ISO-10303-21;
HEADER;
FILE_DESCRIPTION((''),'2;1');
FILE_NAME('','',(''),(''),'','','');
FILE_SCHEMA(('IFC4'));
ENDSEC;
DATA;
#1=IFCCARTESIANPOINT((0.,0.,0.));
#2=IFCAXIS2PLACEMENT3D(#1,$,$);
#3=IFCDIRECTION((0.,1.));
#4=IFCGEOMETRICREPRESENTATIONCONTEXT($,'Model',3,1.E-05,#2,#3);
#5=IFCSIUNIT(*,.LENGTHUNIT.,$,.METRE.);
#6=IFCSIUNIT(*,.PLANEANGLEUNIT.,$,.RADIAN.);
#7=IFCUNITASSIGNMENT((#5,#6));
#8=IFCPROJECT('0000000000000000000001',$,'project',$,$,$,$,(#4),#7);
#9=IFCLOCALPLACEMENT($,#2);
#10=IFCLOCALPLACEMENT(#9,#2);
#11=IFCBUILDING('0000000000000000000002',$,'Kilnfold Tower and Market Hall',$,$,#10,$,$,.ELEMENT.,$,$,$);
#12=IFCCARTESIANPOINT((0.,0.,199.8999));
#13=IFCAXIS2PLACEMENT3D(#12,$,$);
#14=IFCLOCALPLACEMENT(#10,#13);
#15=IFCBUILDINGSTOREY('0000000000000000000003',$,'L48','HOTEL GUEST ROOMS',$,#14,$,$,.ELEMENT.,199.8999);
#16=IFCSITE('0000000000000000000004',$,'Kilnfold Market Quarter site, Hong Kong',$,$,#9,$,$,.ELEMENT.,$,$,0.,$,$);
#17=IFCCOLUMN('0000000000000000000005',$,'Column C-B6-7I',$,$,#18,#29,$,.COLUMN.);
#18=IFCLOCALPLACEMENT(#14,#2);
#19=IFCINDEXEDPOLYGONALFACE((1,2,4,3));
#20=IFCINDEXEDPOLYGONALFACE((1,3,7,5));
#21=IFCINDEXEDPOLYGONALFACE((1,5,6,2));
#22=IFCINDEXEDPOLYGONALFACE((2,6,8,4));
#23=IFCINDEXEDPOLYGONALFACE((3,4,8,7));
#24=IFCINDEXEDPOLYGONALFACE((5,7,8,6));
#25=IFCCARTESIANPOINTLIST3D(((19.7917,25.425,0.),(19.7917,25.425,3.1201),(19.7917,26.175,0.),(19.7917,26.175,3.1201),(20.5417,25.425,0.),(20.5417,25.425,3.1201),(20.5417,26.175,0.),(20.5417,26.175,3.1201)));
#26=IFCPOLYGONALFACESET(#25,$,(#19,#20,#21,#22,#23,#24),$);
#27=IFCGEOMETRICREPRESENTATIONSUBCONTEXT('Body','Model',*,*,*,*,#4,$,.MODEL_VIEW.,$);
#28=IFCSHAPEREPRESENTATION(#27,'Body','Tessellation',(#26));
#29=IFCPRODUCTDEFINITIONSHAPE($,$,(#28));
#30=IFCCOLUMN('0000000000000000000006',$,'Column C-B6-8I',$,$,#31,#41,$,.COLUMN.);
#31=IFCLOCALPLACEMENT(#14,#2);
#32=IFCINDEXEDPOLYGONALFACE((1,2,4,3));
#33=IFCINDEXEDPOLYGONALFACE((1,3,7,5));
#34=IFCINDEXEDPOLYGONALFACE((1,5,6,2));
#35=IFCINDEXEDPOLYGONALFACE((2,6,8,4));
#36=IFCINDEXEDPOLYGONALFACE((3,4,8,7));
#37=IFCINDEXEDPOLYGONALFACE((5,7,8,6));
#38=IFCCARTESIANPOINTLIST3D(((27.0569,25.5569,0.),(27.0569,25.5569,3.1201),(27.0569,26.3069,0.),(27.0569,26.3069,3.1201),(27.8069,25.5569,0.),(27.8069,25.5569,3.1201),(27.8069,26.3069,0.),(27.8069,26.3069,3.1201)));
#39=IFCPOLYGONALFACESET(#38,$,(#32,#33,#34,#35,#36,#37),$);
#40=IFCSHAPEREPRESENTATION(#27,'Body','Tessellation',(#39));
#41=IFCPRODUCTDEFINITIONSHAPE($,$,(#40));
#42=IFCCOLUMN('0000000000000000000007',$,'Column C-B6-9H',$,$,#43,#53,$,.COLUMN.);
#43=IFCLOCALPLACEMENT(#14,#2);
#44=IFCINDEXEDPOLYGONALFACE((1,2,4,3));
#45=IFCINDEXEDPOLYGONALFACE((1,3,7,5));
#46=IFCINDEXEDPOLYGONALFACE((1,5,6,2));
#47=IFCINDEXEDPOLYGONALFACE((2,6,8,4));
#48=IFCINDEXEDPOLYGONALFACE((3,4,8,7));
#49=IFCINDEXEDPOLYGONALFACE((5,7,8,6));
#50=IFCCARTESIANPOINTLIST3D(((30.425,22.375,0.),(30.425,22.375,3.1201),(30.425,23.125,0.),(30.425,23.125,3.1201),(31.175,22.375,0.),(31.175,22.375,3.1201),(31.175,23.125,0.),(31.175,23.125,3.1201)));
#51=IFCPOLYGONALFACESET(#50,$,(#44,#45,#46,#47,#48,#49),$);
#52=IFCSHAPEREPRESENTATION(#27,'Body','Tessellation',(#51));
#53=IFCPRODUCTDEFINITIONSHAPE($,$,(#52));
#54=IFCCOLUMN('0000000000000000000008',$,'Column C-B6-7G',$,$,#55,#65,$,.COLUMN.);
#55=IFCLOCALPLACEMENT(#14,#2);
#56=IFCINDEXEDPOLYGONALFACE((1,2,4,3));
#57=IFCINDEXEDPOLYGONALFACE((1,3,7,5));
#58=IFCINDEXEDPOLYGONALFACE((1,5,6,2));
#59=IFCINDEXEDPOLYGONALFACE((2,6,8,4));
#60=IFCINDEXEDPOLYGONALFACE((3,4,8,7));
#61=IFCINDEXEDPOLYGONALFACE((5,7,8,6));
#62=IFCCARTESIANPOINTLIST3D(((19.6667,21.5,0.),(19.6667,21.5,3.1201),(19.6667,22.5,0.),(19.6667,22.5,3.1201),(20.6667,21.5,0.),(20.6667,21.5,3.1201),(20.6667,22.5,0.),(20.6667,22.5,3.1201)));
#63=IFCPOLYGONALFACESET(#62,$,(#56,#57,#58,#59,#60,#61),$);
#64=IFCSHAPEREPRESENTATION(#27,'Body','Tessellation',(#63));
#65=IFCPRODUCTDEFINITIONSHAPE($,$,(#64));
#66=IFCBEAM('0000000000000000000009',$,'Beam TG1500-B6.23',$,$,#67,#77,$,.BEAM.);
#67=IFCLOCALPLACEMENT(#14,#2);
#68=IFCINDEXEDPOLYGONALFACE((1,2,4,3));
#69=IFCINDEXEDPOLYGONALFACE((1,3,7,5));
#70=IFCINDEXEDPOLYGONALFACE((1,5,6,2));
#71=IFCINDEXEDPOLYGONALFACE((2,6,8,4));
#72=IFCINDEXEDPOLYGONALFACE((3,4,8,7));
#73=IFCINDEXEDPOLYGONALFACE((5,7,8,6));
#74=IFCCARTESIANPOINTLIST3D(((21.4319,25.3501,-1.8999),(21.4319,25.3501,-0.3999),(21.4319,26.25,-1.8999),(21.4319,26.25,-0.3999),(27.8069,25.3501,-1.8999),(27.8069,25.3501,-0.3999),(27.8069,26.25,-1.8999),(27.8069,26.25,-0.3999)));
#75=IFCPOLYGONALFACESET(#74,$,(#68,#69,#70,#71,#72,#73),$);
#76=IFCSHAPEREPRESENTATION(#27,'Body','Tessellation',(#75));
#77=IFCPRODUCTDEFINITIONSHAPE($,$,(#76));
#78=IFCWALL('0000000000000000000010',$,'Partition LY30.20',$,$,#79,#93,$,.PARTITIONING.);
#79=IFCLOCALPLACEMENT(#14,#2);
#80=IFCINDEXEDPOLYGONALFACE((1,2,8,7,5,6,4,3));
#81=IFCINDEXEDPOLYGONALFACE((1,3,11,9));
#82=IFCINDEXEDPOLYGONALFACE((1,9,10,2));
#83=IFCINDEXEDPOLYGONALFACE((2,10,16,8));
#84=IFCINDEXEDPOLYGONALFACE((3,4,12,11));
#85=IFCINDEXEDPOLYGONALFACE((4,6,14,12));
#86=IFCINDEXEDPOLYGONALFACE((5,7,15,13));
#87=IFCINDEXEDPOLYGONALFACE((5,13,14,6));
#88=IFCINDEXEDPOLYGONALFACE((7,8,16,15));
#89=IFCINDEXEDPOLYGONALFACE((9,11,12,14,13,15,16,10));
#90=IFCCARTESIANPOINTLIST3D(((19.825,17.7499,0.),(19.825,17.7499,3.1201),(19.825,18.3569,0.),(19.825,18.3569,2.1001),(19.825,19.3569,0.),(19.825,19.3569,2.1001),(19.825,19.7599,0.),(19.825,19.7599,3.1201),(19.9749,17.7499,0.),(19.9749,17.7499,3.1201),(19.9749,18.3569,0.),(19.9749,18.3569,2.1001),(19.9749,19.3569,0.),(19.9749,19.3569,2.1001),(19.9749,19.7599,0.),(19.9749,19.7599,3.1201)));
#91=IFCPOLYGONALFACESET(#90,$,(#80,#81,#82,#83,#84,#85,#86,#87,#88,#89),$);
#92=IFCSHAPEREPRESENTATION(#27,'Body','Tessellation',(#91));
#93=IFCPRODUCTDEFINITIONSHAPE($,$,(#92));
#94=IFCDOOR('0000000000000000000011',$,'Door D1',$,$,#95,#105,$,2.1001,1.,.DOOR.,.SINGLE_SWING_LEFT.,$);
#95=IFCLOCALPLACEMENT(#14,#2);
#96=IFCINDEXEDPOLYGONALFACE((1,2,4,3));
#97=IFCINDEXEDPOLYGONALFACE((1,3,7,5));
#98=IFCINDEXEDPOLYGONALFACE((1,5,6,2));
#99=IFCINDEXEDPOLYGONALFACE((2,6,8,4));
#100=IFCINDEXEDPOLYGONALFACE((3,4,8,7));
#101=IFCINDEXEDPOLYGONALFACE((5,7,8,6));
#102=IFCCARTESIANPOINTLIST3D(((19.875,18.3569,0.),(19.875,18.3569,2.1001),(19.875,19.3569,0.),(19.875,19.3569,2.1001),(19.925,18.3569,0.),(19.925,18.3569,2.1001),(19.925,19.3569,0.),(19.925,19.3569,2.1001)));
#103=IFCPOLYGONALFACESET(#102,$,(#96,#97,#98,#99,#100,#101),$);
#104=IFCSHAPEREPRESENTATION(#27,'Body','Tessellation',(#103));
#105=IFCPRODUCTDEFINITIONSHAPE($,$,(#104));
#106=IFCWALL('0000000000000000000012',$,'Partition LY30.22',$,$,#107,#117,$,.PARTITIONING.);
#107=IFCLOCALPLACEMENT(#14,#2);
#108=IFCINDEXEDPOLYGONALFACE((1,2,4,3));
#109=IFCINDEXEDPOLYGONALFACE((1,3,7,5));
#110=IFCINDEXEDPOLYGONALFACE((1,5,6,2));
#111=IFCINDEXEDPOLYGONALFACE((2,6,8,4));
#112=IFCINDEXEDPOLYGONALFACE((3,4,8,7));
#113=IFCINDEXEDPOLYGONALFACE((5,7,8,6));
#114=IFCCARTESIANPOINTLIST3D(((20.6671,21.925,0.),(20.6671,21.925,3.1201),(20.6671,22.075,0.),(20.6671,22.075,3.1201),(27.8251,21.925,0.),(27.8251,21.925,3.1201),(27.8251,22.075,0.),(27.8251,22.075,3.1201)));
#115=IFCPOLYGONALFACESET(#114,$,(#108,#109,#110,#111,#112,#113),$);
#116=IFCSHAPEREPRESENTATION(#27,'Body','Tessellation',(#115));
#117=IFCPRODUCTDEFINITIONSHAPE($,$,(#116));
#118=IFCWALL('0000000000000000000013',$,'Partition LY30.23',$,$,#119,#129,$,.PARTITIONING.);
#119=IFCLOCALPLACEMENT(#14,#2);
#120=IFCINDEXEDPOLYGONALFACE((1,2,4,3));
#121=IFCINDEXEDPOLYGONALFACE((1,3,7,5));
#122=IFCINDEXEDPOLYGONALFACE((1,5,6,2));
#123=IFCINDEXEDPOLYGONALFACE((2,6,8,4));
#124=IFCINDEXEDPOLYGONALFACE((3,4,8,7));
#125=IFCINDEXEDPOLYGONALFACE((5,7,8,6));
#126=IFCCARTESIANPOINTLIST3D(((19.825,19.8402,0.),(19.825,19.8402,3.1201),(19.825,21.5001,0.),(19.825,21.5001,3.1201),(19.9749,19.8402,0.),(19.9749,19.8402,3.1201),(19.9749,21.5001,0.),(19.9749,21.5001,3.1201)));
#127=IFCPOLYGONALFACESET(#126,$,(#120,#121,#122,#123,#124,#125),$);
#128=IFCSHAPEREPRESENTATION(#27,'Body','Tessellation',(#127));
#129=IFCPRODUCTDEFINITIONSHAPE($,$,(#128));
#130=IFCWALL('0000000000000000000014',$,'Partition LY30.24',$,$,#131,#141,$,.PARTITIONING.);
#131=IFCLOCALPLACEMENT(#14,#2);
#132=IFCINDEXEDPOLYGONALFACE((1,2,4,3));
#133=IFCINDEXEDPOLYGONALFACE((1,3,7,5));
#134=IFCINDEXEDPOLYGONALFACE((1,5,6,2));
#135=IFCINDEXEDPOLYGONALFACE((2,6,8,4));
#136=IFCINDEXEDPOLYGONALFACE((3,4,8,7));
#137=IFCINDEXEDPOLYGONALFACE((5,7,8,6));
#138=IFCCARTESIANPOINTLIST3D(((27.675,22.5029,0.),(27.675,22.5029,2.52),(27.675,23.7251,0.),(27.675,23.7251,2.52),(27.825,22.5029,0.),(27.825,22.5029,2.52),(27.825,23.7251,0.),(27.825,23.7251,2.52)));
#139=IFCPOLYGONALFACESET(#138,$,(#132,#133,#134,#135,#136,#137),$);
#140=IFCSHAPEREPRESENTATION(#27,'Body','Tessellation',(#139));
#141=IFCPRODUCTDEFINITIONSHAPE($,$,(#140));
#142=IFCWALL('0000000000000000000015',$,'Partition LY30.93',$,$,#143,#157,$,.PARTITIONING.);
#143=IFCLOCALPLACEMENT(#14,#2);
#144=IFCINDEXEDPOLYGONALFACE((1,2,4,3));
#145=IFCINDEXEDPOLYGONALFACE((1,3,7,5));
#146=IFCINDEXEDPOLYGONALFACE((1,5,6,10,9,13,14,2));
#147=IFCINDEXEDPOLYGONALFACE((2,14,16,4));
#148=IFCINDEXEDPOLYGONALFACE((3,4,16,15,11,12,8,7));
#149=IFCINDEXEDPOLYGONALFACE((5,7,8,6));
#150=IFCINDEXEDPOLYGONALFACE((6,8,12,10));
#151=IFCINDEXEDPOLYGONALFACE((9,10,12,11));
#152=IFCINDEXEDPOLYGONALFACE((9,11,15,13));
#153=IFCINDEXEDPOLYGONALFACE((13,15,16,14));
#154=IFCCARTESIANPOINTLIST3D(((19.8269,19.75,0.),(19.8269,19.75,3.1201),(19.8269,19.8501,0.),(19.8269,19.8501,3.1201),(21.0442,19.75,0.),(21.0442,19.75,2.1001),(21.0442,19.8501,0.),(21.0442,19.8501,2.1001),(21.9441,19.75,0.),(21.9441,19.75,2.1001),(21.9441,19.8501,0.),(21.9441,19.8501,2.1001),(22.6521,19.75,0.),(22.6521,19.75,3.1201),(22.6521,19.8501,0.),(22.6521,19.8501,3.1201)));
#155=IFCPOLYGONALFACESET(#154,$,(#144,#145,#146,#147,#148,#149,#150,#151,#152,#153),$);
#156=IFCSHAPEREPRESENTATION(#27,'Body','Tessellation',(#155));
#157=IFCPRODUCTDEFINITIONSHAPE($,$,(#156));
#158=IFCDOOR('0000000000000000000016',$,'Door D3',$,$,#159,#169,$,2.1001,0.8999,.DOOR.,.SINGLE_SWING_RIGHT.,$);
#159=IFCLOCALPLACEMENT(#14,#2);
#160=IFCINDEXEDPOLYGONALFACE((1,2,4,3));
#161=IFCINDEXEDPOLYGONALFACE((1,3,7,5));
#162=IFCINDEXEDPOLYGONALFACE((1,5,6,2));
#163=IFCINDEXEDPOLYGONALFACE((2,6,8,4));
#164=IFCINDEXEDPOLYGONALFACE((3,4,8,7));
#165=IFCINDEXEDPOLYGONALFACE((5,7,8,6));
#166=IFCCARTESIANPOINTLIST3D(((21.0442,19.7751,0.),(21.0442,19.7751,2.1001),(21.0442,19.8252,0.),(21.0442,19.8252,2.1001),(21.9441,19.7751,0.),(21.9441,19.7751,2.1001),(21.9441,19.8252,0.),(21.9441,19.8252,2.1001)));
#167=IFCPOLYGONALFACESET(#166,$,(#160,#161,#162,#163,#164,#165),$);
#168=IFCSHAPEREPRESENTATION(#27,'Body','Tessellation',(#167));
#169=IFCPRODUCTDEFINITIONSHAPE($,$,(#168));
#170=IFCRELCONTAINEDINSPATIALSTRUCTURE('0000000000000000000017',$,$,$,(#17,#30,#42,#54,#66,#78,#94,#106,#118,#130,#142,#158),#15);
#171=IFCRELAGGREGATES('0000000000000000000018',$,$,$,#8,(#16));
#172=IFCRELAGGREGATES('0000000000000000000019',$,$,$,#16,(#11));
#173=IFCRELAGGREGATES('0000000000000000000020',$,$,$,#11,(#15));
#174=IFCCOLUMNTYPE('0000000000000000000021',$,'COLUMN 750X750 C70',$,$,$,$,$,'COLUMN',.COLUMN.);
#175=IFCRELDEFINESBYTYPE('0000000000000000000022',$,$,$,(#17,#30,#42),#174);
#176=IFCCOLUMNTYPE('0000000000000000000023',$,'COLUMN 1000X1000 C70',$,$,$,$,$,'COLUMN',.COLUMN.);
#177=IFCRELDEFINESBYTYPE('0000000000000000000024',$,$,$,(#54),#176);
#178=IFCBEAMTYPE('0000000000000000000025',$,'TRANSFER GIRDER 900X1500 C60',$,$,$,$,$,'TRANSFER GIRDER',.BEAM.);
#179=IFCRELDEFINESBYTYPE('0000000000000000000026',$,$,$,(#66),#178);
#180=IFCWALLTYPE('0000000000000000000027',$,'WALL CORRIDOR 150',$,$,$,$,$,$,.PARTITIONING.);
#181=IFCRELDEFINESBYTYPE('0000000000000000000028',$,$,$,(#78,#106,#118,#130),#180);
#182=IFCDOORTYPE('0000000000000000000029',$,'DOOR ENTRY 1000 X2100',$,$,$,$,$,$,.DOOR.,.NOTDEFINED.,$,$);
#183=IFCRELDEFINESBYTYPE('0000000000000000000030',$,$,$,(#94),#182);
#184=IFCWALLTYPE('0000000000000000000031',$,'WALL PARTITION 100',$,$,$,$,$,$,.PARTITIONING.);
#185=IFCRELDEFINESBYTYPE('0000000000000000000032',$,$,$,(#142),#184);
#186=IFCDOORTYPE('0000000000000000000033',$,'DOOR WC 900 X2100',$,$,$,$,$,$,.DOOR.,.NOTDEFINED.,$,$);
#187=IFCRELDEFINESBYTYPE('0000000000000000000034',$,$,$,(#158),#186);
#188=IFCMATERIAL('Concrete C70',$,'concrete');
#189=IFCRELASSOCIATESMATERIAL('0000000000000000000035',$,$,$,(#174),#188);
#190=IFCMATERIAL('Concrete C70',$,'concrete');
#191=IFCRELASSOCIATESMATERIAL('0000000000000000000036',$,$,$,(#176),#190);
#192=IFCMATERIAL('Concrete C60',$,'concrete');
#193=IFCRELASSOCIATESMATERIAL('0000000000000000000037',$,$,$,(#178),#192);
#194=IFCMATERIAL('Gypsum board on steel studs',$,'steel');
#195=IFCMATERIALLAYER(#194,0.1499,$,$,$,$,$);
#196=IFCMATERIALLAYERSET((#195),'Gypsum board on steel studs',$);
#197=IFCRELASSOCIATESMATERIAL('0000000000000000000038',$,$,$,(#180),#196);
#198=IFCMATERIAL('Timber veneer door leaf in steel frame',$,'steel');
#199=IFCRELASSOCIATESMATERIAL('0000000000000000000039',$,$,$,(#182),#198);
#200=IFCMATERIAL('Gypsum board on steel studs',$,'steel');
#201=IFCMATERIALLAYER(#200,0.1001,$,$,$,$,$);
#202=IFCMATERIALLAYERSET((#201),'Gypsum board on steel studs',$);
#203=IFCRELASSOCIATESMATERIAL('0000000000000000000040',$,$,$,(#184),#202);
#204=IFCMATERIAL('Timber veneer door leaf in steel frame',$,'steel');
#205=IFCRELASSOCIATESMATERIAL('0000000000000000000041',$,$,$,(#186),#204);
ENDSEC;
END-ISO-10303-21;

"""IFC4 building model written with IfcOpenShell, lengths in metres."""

from ifc_helpers import new_model, si_unit, direction, frame, frame_2d, origin, origin_2d, place, context, subcontext, project, spatial, rectangle, extrude, source, transform, mapped, material, layer, layer_set, material_profile, profile_set, type_object, element, fill, save


model = new_model("IFC4")

# Units and contexts
model_context = context("Model", 3, precision=1e-05, world=origin(), true_north=direction((0.0, 1.0)))
body_context = subcontext(model_context, "Body", "Model", "MODEL_VIEW")
ifc_project = project(units=[si_unit("LENGTHUNIT", "METRE"), si_unit("PLANEANGLEUNIT", "RADIAN")], contexts=[model_context])

# Site, building, storey
site_placement = place(None, origin())
site = spatial("IfcSite", under=ifc_project, at=site_placement, Name="Kilnfold Market Quarter site, Hong Kong", CompositionType="ELEMENT", RefElevation=0.0)
building_placement = place(site_placement, origin())
building = spatial("IfcBuilding", under=site, at=building_placement, Name="Kilnfold Tower and Market Hall", CompositionType="ELEMENT")
storey_placement = place(building_placement, frame((0.0, 0.0, 199.8999)))
storey = spatial("IfcBuildingStorey", under=building, at=storey_placement, Name="L48", Description="HOTEL GUEST ROOMS", CompositionType="ELEMENT", Elevation=199.8999)

# Columns
ifc_material_1 = material(Name="Concrete C70", Category="concrete")
ifc_material_profile_1 = material_profile(ifc_material_1, rectangle(XDim=0.75, YDim=0.75, at=origin_2d()), Name="RC 750x750")
ifc_profile_set_1 = profile_set([ifc_material_profile_1], Name="Concrete C70")
column_type_1 = type_object("IfcColumnType", Name="COLUMN 750X750 C70", ElementType="COLUMN", PredefinedType="COLUMN", material=ifc_profile_set_1)
shared_shape_1 = source(origin(), body_context, "Body", "SweptSolid", [
    extrude(rectangle(XDim=0.75, YDim=0.75, at=origin_2d()), origin(), (0.0, 0.0, 1.0), 3.1201),
])
for number, where, z_axis, x_axis, name in (
    (1, (20.1667, 25.8, 0.0), (0.0, 0.0, 1.0), (1.0, 0.0, 0.0), "Column C-B6-7I"),
    (2, (27.4319, 25.9319, 0.0), (0.0, 0.0, 1.0), (1.0, 0.0, 0.0), "Column C-B6-8I"),
    (3, (30.8, 22.75, 0.0), (0.0, 0.0, 1.0), (1.0, 0.0, 0.0), "Column C-B6-9H"),
):
    element("IfcColumn", number, at=place(storey_placement, frame(where, z_axis=z_axis, x_axis=x_axis)), inside=storey, type_object=column_type_1, Name=name, PredefinedType="COLUMN", context=body_context, shape_type="MappedRepresentation", body=[
        mapped(shared_shape_1, transform((0.0, 0.0, 0.0))),
    ])
ifc_material_2 = material(Name="Concrete C70", Category="concrete")
ifc_material_profile_2 = material_profile(ifc_material_2, rectangle(XDim=1.0, YDim=1.0, at=origin_2d()), Name="RC 1000x1000")
ifc_profile_set_2 = profile_set([ifc_material_profile_2], Name="Concrete C70")
column_type_2 = type_object("IfcColumnType", Name="COLUMN 1000X1000 C70", ElementType="COLUMN", PredefinedType="COLUMN", material=ifc_profile_set_2)
shared_shape_2 = source(origin(), body_context, "Body", "SweptSolid", [
    extrude(rectangle(XDim=1.0, YDim=1.0, at=origin_2d()), origin(), (0.0, 0.0, 1.0), 3.1201),
])
column_placement = place(storey_placement, frame((20.1667, 22.0, 0.0), z_axis=(0.0, 0.0, 1.0), x_axis=(1.0, 0.0, 0.0)))
element("IfcColumn", 4, at=column_placement, inside=storey, type_object=column_type_2, Name="Column C-B6-7G", PredefinedType="COLUMN", context=body_context, shape_type="MappedRepresentation", body=[
    mapped(shared_shape_2, transform((0.0, 0.0, 0.0))),
])

# Beam
ifc_material_3 = material(Name="Concrete C60", Category="concrete")
ifc_material_profile_3 = material_profile(ifc_material_3, rectangle(XDim=0.8999, YDim=1.5, at=origin_2d()), Name="RC 900x1500")
ifc_profile_set_3 = profile_set([ifc_material_profile_3], Name="Concrete C60")
beam_type = type_object("IfcBeamType", Name="TRANSFER GIRDER 900X1500 C60", ElementType="TRANSFER GIRDER", PredefinedType="BEAM", material=ifc_profile_set_3)
shared_shape_3 = source(origin(), body_context, "Body", "SweptSolid", [
    extrude(rectangle(XDim=0.8999, YDim=1.5, at=origin_2d()), origin(), (0.0, 0.0, 1.0), 6.375),
])
beam_placement = place(storey_placement, frame((21.4319, 25.8, -1.1499), z_axis=(1.0, 0.0, 0.0), x_axis=(0.0, 1.0, 0.0)))
element("IfcBeam", 5, at=beam_placement, inside=storey, type_object=beam_type, Name="Beam TG1500-B6.23", PredefinedType="BEAM", context=body_context, shape_type="MappedRepresentation", body=[
    mapped(shared_shape_3, transform((0.0, 0.0, 0.0))),
])

# Wall, opening, door
ifc_material_4 = material(Name="Gypsum board on steel studs", Category="steel")
ifc_layer_1 = layer(ifc_material_4, 0.1499)
ifc_layer_set_1 = layer_set([ifc_layer_1], Name="Gypsum board on steel studs")
wall_type_1 = type_object("IfcWallType", Name="WALL CORRIDOR 150", PredefinedType="PARTITIONING", material=ifc_layer_set_1)
wall_1_placement = place(storey_placement, frame((19.8999, 17.75, 0.0), z_axis=(0.0, 0.0, 1.0), x_axis=(0.0, 1.0, 0.0)))
wall_1 = element("IfcWall", 6, at=wall_1_placement, inside=storey, type_object=wall_type_1, Name="Partition LY30.20", PredefinedType="PARTITIONING", context=body_context, shape_type="SweptSolid", body=[
    extrude(rectangle(XDim=2.01, YDim=0.1499, at=frame_2d((1.0049, 0.0))), origin(), (0.0, 0.0, 1.0), 3.1201),
])
opening_1_placement = place(wall_1_placement, frame((0.6069, 0.0, 0.0)))
opening_1 = element("IfcOpeningElement", 7, at=opening_1_placement, cuts=wall_1, PredefinedType="OPENING", context=body_context, shape_type="SweptSolid", body=[
    extrude(rectangle(XDim=1.0, YDim=2.1001, at=frame_2d((0.5, 1.05))), frame((0.0, 0.085, 0.0), z_axis=(0.0, -1.0, 0.0), x_axis=(1.0, 0.0, 0.0)), (0.0, 0.0, 1.0), 0.1699),
])
ifc_material_5 = material(Name="Timber veneer door leaf in steel frame", Category="steel")
door_type_1 = type_object("IfcDoorType", Name="DOOR ENTRY 1000 X2100", OperationType="NOTDEFINED", PredefinedType="DOOR", material=ifc_material_5)
door_1_placement = place(opening_1_placement, origin())
door_1 = element("IfcDoor", 8, at=door_1_placement, inside=storey, type_object=door_type_1, Name="Door D1", OperationType="SINGLE_SWING_LEFT", OverallHeight=2.1001, OverallWidth=1.0, PredefinedType="DOOR", context=body_context, shape_type="SweptSolid", body=[
    extrude(rectangle(XDim=1.0, YDim=2.1001, at=frame_2d((0.5, 1.05))), frame((0.0, 0.0249, 0.0), z_axis=(0.0, -1.0, 0.0), x_axis=(1.0, 0.0, 0.0)), (0.0, 0.0, 1.0), 0.05),
])
fill(opening_1, door_1)

# Walls
wall_2_placement = place(storey_placement, frame((20.667, 22.0, 0.0), z_axis=(0.0, 0.0, 1.0), x_axis=(1.0, 0.0, 0.0)))
element("IfcWall", 9, at=wall_2_placement, inside=storey, type_object=wall_type_1, Name="Partition LY30.22", PredefinedType="PARTITIONING", context=body_context, shape_type="SweptSolid", body=[
    extrude(rectangle(XDim=7.158, YDim=0.1499, at=frame_2d((3.5791, 0.0))), origin(), (0.0, 0.0, 1.0), 3.1201),
])
wall_3_placement = place(storey_placement, frame((19.8999, 19.8401, 0.0), z_axis=(0.0, 0.0, 1.0), x_axis=(0.0, 1.0, 0.0)))
element("IfcWall", 10, at=wall_3_placement, inside=storey, type_object=wall_type_1, Name="Partition LY30.23", PredefinedType="PARTITIONING", context=body_context, shape_type="SweptSolid", body=[
    extrude(rectangle(XDim=1.6599, YDim=0.1499, at=frame_2d((0.8301, 0.0))), origin(), (0.0, 0.0, 1.0), 3.1201),
])
wall_4_placement = place(storey_placement, frame((27.75, 22.5029, 0.0), z_axis=(0.0, 0.0, 1.0), x_axis=(0.0, 1.0, 0.0)))
element("IfcWall", 11, at=wall_4_placement, inside=storey, type_object=wall_type_1, Name="Partition LY30.24", PredefinedType="PARTITIONING", context=body_context, shape_type="SweptSolid", body=[
    extrude(rectangle(XDim=1.2222, YDim=0.1499, at=frame_2d((0.6111, 0.0))), origin(), (0.0, 0.0, 1.0), 2.52),
])

# Wall, opening, door
ifc_material_6 = material(Name="Gypsum board on steel studs", Category="steel")
ifc_layer_2 = layer(ifc_material_6, 0.1001)
ifc_layer_set_2 = layer_set([ifc_layer_2], Name="Gypsum board on steel studs")
wall_type_2 = type_object("IfcWallType", Name="WALL PARTITION 100", PredefinedType="PARTITIONING", material=ifc_layer_set_2)
wall_5_placement = place(storey_placement, frame((22.6521, 19.8, 0.0), z_axis=(0.0, 0.0, 1.0), x_axis=(-1.0, 0.0, 0.0)))
wall_5 = element("IfcWall", 12, at=wall_5_placement, inside=storey, type_object=wall_type_2, Name="Partition LY30.93", PredefinedType="PARTITIONING", context=body_context, shape_type="SweptSolid", body=[
    extrude(rectangle(XDim=2.8252, YDim=0.1001, at=frame_2d((1.4126, 0.0))), origin(), (0.0, 0.0, 1.0), 3.1201),
])
opening_2_placement = place(wall_5_placement, frame((0.708, 0.0, 0.0)))
opening_2 = element("IfcOpeningElement", 13, at=opening_2_placement, cuts=wall_5, PredefinedType="OPENING", context=body_context, shape_type="SweptSolid", body=[
    extrude(rectangle(XDim=0.8999, YDim=2.1001, at=frame_2d((0.45, 1.05))), frame((0.0, 0.0601, 0.0), z_axis=(0.0, -1.0, 0.0), x_axis=(1.0, 0.0, 0.0)), (0.0, 0.0, 1.0), 0.1201),
])
ifc_material_7 = material(Name="Timber veneer door leaf in steel frame", Category="steel")
door_type_2 = type_object("IfcDoorType", Name="DOOR WC 900 X2100", OperationType="NOTDEFINED", PredefinedType="DOOR", material=ifc_material_7)
door_2_placement = place(opening_2_placement, origin())
door_2 = element("IfcDoor", 14, at=door_2_placement, inside=storey, type_object=door_type_2, Name="Door D3", OperationType="SINGLE_SWING_RIGHT", OverallHeight=2.1001, OverallWidth=0.8999, PredefinedType="DOOR", context=body_context, shape_type="SweptSolid", body=[
    extrude(rectangle(XDim=0.8999, YDim=2.1001, at=frame_2d((0.45, 1.05))), frame((0.0, 0.0249, 0.0), z_axis=(0.0, -1.0, 0.0), x_axis=(1.0, 0.0, 0.0)), (0.0, 0.0, 1.0), 0.05),
])
fill(opening_2, door_2)

save(model, "model.ifc")
